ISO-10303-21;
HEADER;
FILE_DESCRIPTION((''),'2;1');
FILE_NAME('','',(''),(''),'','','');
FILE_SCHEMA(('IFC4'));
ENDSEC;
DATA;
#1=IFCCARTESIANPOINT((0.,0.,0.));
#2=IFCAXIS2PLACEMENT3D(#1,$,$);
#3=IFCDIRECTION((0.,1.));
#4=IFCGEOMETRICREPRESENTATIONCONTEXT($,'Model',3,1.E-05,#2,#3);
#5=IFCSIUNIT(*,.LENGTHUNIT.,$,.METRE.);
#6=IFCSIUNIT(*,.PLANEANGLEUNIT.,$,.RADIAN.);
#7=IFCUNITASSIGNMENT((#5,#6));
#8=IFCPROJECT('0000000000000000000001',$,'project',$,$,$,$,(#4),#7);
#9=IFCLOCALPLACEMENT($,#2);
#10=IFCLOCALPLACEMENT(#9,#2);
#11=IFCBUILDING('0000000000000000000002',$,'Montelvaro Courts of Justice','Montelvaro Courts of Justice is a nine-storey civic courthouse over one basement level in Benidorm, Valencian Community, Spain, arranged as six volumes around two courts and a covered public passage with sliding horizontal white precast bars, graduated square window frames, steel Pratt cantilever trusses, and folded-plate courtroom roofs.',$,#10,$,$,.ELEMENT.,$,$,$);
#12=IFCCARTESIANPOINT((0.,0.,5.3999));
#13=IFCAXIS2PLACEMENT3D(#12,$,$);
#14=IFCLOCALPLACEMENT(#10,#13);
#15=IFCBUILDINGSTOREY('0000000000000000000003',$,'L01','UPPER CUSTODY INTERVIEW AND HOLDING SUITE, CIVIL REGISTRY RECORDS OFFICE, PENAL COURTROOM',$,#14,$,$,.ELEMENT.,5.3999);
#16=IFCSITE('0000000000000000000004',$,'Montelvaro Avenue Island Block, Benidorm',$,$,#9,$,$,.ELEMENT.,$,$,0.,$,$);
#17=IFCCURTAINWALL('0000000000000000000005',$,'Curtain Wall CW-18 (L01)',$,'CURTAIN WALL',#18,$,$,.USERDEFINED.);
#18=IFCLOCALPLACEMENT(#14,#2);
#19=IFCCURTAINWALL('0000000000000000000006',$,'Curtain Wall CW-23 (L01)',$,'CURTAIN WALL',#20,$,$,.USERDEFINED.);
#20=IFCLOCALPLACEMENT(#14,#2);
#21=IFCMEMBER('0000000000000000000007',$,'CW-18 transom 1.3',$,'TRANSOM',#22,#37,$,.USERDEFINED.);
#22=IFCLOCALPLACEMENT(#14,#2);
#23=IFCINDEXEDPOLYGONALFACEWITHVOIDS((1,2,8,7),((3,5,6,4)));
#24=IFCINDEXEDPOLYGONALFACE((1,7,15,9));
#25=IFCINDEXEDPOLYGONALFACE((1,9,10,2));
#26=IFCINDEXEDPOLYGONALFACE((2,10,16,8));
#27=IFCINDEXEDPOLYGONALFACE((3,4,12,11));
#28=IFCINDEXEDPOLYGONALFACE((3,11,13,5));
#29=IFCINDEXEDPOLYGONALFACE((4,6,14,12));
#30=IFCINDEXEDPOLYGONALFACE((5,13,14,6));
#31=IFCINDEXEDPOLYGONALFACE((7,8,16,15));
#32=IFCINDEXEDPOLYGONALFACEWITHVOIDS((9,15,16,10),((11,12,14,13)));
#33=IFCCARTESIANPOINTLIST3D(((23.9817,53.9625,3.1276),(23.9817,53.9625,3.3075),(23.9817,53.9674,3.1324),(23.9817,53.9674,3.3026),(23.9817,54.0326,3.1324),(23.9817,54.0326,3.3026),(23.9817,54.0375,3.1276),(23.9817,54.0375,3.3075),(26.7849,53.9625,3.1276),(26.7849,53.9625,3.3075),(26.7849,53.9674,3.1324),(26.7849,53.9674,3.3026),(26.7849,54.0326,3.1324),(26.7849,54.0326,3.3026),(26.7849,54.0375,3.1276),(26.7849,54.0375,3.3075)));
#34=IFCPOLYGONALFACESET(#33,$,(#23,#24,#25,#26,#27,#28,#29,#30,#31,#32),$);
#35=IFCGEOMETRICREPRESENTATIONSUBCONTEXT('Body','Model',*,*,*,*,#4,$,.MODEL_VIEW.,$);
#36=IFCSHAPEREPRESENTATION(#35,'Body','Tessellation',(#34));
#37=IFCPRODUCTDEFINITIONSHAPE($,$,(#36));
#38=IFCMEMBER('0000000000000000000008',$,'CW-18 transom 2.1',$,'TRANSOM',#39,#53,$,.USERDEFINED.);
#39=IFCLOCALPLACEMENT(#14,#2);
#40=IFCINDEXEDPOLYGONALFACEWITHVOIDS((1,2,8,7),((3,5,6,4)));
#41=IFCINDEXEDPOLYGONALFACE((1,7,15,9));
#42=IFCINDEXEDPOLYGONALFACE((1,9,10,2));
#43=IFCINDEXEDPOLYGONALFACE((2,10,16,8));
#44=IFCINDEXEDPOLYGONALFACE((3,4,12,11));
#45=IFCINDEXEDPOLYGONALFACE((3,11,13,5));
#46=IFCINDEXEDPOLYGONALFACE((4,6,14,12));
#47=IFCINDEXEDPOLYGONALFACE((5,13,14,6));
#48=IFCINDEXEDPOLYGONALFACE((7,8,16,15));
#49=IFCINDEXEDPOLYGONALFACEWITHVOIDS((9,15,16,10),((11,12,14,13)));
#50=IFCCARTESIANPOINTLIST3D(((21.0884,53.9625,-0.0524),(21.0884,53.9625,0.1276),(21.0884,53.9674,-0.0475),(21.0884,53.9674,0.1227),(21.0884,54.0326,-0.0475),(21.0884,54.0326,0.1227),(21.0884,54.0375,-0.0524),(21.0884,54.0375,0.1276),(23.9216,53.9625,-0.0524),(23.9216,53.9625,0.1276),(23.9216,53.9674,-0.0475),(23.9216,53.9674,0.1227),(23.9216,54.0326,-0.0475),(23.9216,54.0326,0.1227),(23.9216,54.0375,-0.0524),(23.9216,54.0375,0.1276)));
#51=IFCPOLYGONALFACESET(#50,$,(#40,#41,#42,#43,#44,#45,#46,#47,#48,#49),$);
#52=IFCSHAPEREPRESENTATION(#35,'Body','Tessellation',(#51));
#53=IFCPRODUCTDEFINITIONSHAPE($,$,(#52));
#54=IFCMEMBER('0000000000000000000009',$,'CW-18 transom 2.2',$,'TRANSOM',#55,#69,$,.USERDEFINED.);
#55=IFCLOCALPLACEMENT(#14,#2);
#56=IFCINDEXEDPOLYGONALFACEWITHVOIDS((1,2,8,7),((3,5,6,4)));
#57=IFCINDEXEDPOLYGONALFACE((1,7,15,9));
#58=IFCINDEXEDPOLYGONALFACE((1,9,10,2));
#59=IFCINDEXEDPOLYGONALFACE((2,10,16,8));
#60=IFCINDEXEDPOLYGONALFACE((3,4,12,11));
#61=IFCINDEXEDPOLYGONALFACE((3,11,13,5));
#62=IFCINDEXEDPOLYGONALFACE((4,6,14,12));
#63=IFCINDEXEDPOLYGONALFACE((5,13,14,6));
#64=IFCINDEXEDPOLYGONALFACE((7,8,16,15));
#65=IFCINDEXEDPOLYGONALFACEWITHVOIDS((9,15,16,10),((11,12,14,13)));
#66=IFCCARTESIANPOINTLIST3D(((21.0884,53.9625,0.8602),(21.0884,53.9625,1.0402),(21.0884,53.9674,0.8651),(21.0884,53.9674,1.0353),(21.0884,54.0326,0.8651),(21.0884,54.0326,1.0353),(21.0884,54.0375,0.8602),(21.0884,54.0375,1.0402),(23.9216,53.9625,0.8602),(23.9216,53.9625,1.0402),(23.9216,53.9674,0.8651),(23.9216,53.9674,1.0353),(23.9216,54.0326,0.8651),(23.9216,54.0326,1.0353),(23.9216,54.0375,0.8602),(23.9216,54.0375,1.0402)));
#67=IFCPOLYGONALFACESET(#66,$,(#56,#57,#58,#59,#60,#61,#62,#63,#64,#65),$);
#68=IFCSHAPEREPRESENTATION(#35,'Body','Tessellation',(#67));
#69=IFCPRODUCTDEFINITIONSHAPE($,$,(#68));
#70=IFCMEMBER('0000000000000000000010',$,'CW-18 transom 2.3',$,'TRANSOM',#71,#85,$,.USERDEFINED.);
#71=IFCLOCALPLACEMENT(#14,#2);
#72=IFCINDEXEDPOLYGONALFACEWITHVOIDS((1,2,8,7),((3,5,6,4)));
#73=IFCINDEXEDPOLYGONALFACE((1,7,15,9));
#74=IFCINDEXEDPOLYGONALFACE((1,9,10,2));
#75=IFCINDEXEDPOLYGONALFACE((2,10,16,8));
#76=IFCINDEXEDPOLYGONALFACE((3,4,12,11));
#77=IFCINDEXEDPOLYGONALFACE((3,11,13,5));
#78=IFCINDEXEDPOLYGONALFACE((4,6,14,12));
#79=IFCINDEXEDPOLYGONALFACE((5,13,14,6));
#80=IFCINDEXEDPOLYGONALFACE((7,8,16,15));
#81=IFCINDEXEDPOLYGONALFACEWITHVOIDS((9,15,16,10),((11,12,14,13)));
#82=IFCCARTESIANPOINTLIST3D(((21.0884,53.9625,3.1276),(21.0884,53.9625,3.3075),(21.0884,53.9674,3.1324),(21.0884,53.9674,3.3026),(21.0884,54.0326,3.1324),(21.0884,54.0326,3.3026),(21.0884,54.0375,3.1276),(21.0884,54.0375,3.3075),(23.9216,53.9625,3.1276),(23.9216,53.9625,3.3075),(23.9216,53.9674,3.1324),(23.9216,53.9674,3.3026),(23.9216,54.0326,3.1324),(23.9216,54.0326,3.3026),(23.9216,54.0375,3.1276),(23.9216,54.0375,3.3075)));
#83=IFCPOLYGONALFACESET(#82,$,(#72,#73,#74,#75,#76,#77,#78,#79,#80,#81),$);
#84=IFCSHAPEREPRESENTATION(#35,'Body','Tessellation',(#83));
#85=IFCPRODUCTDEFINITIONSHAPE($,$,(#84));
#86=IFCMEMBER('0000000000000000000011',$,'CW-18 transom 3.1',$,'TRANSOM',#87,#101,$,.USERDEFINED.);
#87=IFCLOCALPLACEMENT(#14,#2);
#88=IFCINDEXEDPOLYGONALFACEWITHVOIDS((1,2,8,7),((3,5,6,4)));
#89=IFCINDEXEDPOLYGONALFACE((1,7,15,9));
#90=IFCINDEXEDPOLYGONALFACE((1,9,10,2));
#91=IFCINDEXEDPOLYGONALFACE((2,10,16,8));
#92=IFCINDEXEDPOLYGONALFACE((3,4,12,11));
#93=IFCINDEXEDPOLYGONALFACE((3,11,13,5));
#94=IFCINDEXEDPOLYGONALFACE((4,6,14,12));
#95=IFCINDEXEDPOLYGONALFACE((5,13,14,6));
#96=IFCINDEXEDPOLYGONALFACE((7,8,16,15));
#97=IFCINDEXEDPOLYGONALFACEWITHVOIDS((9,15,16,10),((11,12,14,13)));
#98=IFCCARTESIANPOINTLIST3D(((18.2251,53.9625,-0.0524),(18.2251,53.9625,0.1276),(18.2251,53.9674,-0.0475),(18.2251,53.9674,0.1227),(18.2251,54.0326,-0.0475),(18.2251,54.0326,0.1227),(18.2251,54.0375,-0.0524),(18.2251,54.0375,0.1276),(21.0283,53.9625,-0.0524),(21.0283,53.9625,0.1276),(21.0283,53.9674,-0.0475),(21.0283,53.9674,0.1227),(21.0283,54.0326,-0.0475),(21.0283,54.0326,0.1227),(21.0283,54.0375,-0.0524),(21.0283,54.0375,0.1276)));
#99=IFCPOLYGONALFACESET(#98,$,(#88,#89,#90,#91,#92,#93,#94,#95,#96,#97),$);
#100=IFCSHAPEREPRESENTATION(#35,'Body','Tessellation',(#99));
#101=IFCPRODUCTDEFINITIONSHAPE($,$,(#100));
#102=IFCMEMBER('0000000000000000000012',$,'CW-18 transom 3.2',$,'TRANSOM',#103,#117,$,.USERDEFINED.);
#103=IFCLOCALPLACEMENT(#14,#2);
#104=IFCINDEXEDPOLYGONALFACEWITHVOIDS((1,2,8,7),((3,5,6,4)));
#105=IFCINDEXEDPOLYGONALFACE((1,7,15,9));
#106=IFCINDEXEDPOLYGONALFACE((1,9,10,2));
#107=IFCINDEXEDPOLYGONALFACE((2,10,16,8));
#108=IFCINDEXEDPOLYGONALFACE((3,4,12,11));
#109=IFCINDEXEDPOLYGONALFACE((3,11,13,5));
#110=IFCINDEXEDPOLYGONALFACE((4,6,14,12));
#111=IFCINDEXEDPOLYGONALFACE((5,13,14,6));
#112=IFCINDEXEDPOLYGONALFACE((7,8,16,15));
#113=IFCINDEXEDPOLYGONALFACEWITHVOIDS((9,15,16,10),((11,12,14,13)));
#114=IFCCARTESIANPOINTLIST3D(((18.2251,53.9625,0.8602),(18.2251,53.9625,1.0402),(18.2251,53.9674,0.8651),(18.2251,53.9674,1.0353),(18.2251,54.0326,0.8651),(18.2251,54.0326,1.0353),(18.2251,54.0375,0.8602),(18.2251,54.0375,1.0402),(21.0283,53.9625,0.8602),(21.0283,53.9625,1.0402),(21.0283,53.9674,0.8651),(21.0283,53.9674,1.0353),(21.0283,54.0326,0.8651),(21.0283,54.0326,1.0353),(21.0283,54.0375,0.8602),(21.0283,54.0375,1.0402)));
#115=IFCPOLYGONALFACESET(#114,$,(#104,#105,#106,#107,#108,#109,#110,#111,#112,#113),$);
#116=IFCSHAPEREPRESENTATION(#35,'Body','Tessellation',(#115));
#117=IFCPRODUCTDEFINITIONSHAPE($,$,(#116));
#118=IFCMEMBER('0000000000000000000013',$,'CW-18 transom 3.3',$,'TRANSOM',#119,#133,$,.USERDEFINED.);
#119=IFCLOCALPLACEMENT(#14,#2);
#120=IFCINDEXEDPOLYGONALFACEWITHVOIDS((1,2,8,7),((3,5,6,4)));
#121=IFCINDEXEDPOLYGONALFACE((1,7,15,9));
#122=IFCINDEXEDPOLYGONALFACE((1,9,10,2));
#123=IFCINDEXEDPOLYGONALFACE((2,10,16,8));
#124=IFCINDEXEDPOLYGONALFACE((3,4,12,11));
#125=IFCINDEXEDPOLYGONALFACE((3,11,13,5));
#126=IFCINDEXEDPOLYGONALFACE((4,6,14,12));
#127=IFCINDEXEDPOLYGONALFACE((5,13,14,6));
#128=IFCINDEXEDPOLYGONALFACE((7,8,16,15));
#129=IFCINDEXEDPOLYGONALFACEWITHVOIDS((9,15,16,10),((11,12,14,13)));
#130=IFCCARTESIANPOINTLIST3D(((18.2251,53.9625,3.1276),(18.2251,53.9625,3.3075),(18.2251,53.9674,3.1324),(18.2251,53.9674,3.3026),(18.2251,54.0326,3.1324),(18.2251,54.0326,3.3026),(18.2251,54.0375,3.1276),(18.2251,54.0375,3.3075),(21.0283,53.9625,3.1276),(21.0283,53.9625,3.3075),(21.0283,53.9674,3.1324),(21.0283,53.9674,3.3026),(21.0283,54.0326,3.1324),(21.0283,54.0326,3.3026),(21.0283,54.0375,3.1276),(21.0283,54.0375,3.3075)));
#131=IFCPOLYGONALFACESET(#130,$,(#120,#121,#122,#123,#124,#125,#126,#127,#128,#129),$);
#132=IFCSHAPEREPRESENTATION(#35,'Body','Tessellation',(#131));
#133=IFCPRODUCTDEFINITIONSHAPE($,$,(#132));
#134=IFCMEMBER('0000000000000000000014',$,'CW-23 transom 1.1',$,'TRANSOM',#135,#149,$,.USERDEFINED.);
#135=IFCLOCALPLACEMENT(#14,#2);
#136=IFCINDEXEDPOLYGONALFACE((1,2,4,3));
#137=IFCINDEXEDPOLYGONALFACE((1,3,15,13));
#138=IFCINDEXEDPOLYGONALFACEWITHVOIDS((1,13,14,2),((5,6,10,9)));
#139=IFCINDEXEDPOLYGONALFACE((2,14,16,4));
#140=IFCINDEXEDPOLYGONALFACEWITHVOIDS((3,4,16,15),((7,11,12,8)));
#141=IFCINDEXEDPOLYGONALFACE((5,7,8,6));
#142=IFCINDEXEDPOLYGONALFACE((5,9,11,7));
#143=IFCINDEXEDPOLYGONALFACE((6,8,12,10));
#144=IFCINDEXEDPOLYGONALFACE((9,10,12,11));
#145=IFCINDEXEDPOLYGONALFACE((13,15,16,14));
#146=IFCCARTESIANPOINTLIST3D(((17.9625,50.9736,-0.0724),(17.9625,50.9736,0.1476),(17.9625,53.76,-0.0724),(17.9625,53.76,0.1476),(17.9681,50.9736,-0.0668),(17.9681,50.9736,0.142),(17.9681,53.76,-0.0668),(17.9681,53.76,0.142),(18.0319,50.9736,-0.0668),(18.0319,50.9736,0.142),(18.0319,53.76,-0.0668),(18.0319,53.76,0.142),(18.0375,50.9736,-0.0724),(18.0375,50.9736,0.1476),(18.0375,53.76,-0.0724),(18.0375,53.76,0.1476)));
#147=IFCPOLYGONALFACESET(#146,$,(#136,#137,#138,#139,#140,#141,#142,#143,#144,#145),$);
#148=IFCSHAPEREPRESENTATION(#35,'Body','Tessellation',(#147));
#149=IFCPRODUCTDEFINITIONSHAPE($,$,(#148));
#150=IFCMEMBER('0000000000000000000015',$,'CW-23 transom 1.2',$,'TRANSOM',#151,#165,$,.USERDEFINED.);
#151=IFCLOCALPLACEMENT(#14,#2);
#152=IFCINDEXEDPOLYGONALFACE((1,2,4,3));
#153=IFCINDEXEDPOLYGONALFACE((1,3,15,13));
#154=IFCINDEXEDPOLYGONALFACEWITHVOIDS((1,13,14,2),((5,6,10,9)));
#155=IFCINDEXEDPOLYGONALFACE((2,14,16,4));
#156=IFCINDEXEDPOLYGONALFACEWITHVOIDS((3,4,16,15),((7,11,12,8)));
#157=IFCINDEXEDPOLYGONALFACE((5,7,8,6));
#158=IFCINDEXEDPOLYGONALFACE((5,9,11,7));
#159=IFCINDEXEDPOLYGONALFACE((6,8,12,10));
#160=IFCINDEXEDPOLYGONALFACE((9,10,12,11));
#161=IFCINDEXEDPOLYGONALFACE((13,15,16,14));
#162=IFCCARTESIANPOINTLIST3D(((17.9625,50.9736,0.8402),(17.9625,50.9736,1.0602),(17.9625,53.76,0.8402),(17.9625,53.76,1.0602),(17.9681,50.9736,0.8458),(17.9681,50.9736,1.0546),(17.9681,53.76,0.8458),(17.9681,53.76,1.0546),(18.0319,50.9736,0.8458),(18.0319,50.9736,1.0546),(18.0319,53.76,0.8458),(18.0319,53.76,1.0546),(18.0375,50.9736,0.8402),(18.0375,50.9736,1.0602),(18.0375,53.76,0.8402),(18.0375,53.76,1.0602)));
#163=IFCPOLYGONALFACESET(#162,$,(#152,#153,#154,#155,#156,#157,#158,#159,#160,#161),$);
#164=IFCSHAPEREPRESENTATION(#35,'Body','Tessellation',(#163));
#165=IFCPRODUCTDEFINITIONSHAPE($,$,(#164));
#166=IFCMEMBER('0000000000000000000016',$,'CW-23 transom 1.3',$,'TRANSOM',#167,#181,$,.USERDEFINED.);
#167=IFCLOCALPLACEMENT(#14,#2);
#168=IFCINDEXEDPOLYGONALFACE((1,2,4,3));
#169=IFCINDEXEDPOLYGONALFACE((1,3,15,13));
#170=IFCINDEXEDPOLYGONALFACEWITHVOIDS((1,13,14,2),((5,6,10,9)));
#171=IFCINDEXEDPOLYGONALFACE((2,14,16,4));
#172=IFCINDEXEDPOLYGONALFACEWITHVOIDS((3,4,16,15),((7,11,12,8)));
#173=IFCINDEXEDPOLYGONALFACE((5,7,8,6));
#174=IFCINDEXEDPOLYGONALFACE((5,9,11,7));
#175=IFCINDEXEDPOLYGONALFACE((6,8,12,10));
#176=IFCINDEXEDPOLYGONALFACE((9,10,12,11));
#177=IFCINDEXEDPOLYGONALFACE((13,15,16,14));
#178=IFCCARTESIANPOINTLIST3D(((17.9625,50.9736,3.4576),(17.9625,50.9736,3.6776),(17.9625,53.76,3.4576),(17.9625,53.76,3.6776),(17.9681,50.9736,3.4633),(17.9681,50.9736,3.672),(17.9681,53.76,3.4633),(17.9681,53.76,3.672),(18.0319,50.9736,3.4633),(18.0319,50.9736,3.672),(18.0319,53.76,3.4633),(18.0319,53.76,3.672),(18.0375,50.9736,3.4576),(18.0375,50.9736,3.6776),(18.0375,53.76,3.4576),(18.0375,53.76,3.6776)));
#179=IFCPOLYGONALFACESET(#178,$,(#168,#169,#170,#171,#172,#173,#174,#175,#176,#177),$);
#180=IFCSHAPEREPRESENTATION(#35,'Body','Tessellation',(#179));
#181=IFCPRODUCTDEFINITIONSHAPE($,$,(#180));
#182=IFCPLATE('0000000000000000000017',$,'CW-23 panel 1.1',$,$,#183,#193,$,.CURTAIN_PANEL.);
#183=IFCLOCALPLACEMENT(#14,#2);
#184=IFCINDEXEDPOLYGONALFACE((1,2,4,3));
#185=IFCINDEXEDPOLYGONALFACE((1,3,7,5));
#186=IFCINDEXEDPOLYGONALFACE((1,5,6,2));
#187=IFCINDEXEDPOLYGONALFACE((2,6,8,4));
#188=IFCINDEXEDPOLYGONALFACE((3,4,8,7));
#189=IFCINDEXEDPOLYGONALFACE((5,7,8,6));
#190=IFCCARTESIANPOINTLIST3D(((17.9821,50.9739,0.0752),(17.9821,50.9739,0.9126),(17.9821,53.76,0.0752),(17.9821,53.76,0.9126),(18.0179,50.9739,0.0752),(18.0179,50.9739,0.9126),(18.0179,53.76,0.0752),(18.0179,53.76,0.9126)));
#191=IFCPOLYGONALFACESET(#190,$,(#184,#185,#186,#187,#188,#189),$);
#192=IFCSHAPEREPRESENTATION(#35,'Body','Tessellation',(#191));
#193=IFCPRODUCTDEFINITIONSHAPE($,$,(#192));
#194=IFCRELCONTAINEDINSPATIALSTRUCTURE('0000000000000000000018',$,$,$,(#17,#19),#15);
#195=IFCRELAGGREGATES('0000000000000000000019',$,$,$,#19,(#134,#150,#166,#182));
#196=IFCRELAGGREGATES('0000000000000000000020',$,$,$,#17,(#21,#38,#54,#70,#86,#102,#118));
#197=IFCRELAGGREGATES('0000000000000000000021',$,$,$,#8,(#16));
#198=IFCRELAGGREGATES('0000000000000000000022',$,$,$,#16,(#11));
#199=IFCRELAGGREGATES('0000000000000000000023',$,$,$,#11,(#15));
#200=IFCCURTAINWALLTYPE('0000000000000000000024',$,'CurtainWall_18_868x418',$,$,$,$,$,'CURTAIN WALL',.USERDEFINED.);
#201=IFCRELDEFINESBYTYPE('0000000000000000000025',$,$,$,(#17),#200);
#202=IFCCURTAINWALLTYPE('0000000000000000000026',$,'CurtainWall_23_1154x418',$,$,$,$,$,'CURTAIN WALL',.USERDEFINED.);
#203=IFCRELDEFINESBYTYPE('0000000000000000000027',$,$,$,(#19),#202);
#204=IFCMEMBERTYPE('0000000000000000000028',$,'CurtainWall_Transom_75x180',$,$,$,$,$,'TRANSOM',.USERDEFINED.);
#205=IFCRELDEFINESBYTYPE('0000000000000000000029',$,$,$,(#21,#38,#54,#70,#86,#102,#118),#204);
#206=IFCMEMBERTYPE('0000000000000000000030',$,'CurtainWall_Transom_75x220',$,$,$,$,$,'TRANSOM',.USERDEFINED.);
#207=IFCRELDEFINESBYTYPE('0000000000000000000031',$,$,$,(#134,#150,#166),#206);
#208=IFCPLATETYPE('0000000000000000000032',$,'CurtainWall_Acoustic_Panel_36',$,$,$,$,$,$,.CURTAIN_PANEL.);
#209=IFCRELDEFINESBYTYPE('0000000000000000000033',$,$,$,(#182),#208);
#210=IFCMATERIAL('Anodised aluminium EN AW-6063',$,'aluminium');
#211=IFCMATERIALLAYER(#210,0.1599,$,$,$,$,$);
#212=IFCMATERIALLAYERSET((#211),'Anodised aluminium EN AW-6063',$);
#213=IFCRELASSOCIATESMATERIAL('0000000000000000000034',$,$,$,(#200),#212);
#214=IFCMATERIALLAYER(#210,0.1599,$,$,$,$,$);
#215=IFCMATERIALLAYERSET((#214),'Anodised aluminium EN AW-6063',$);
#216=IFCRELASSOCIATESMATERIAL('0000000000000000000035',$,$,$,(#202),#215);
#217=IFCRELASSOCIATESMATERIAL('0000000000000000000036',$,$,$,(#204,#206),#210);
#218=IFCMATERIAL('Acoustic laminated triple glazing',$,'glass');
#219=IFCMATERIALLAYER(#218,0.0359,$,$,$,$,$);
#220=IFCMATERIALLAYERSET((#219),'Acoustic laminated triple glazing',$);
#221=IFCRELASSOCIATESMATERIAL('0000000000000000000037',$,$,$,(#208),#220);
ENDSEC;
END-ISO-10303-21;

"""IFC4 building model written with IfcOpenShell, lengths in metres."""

from ifc_helpers import new_model, si_unit, direction, frame, origin, origin_2d, place, context, subcontext, project, spatial, rectangle, hollow_rectangle, extrude, material, layer, layer_set, material_profile, profile_set, type_object, element, aggregate, save


model = new_model("IFC4")

# Units and contexts
model_context = context("Model", 3, precision=1e-05, world=origin(), true_north=direction((0.0, 1.0)))
body_context = subcontext(model_context, "Body", "Model", "MODEL_VIEW")
ifc_project = project(units=[si_unit("LENGTHUNIT", "METRE"), si_unit("PLANEANGLEUNIT", "RADIAN")], contexts=[model_context])

# Site, building, storey
site_placement = place(None, origin())
site = spatial("IfcSite", under=ifc_project, at=site_placement, Name="Montelvaro Avenue Island Block, Benidorm", CompositionType="ELEMENT", RefElevation=0.0)
building_placement = place(site_placement, origin())
building = spatial("IfcBuilding", under=site, at=building_placement, Name="Montelvaro Courts of Justice", Description="Montelvaro Courts of Justice is a nine-storey civic courthouse over one basement level in Benidorm, Valencian Community, Spain, arranged as six volumes around two courts and a covered public passage with sliding horizontal white precast bars, graduated square window frames, steel Pratt cantilever trusses, and folded-plate courtroom roofs.", CompositionType="ELEMENT")
storey_placement = place(building_placement, frame((0.0, 0.0, 5.3999)))
storey = spatial("IfcBuildingStorey", under=building, at=storey_placement, Name="L01", Description="UPPER CUSTODY INTERVIEW AND HOLDING SUITE, CIVIL REGISTRY RECORDS OFFICE, PENAL COURTROOM", CompositionType="ELEMENT", Elevation=5.3999)

# Curtain walls
ifc_material_1 = material(Name="Anodised aluminium EN AW-6063", Category="aluminium")
ifc_layer_1 = layer(ifc_material_1, 0.1599)
ifc_layer_set_1 = layer_set([ifc_layer_1], Name="Anodised aluminium EN AW-6063")
curtain_wall_type_1 = type_object("IfcCurtainWallType", Name="CurtainWall_18_868x418", ElementType="CURTAIN WALL", PredefinedType="USERDEFINED", material=ifc_layer_set_1)
curtain_wall_1_placement = place(storey_placement, origin())
curtain_wall_1 = element("IfcCurtainWall", 1, at=curtain_wall_1_placement, inside=storey, type_object=curtain_wall_type_1, Name="Curtain Wall CW-18 (L01)", ObjectType="CURTAIN WALL", PredefinedType="USERDEFINED")
ifc_layer_2 = layer(ifc_material_1, 0.1599)
ifc_layer_set_2 = layer_set([ifc_layer_2], Name="Anodised aluminium EN AW-6063")
curtain_wall_type_2 = type_object("IfcCurtainWallType", Name="CurtainWall_23_1154x418", ElementType="CURTAIN WALL", PredefinedType="USERDEFINED", material=ifc_layer_set_2)
curtain_wall_2_placement = place(storey_placement, origin())
curtain_wall_2 = element("IfcCurtainWall", 2, at=curtain_wall_2_placement, inside=storey, type_object=curtain_wall_type_2, Name="Curtain Wall CW-23 (L01)", ObjectType="CURTAIN WALL", PredefinedType="USERDEFINED")

# Members
ifc_material_profile_1 = material_profile(ifc_material_1, hollow_rectangle(XDim=0.075, YDim=0.1799, WallThickness=0.0049, at=origin_2d()), Name="ALU-T 75x180")
ifc_profile_set_1 = profile_set([ifc_material_profile_1], Name="Anodised aluminium EN AW-6063")
member_type_1 = type_object("IfcMemberType", Name="CurtainWall_Transom_75x180", ElementType="TRANSOM", PredefinedType="USERDEFINED", material=ifc_profile_set_1)
member_1_placement = place(storey_placement, frame((26.7849, 54.0, 3.2175), z_axis=(-1.0, 0.0, 0.0), x_axis=(0.0, -1.0, 0.0)))
member_1 = element("IfcMember", 3, at=member_1_placement, type_object=member_type_1, Name="CW-18 transom 1.3", ObjectType="TRANSOM", PredefinedType="USERDEFINED", context=body_context, shape_type="SweptSolid", body=[
    extrude(hollow_rectangle(XDim=0.075, YDim=0.1799, WallThickness=0.0049, at=origin_2d()), origin(), (0.0, 0.0, 1.0), 2.8032),
])
member_2_placement = place(storey_placement, frame((23.9216, 54.0, 0.0376), z_axis=(-1.0, 0.0, 0.0), x_axis=(0.0, -1.0, 0.0)))
member_2 = element("IfcMember", 4, at=member_2_placement, type_object=member_type_1, Name="CW-18 transom 2.1", ObjectType="TRANSOM", PredefinedType="USERDEFINED", context=body_context, shape_type="SweptSolid", body=[
    extrude(hollow_rectangle(XDim=0.075, YDim=0.1799, WallThickness=0.0049, at=origin_2d()), origin(), (0.0, 0.0, 1.0), 2.8333),
])
member_3_placement = place(storey_placement, frame((23.9216, 54.0, 0.9502), z_axis=(-1.0, 0.0, 0.0), x_axis=(0.0, -1.0, 0.0)))
member_3 = element("IfcMember", 5, at=member_3_placement, type_object=member_type_1, Name="CW-18 transom 2.2", ObjectType="TRANSOM", PredefinedType="USERDEFINED", context=body_context, shape_type="SweptSolid", body=[
    extrude(hollow_rectangle(XDim=0.075, YDim=0.1799, WallThickness=0.0049, at=origin_2d()), origin(), (0.0, 0.0, 1.0), 2.8333),
])
member_4_placement = place(storey_placement, frame((23.9216, 54.0, 3.2175), z_axis=(-1.0, 0.0, 0.0), x_axis=(0.0, -1.0, 0.0)))
member_4 = element("IfcMember", 6, at=member_4_placement, type_object=member_type_1, Name="CW-18 transom 2.3", ObjectType="TRANSOM", PredefinedType="USERDEFINED", context=body_context, shape_type="SweptSolid", body=[
    extrude(hollow_rectangle(XDim=0.075, YDim=0.1799, WallThickness=0.0049, at=origin_2d()), origin(), (0.0, 0.0, 1.0), 2.8333),
])
member_5_placement = place(storey_placement, frame((21.0283, 54.0, 0.0376), z_axis=(-1.0, 0.0, 0.0), x_axis=(0.0, -1.0, 0.0)))
member_5 = element("IfcMember", 7, at=member_5_placement, type_object=member_type_1, Name="CW-18 transom 3.1", ObjectType="TRANSOM", PredefinedType="USERDEFINED", context=body_context, shape_type="SweptSolid", body=[
    extrude(hollow_rectangle(XDim=0.075, YDim=0.1799, WallThickness=0.0049, at=origin_2d()), origin(), (0.0, 0.0, 1.0), 2.8032),
])
member_6_placement = place(storey_placement, frame((21.0283, 54.0, 0.9502), z_axis=(-1.0, 0.0, 0.0), x_axis=(0.0, -1.0, 0.0)))
member_6 = element("IfcMember", 8, at=member_6_placement, type_object=member_type_1, Name="CW-18 transom 3.2", ObjectType="TRANSOM", PredefinedType="USERDEFINED", context=body_context, shape_type="SweptSolid", body=[
    extrude(hollow_rectangle(XDim=0.075, YDim=0.1799, WallThickness=0.0049, at=origin_2d()), origin(), (0.0, 0.0, 1.0), 2.8032),
])
member_7_placement = place(storey_placement, frame((21.0283, 54.0, 3.2175), z_axis=(-1.0, 0.0, 0.0), x_axis=(0.0, -1.0, 0.0)))
member_7 = element("IfcMember", 9, at=member_7_placement, type_object=member_type_1, Name="CW-18 transom 3.3", ObjectType="TRANSOM", PredefinedType="USERDEFINED", context=body_context, shape_type="SweptSolid", body=[
    extrude(hollow_rectangle(XDim=0.075, YDim=0.1799, WallThickness=0.0049, at=origin_2d()), origin(), (0.0, 0.0, 1.0), 2.8032),
])
ifc_material_profile_2 = material_profile(ifc_material_1, hollow_rectangle(XDim=0.075, YDim=0.22, WallThickness=0.0056, at=origin_2d()), Name="ALU-T 75x220")
ifc_profile_set_2 = profile_set([ifc_material_profile_2], Name="Anodised aluminium EN AW-6063")
member_type_2 = type_object("IfcMemberType", Name="CurtainWall_Transom_75x220", ElementType="TRANSOM", PredefinedType="USERDEFINED", material=ifc_profile_set_2)
member_8_placement = place(storey_placement, frame((18.0, 53.76, 0.0376), z_axis=(0.0, -1.0, 0.0), x_axis=(1.0, 0.0, 0.0)))
member_8 = element("IfcMember", 10, at=member_8_placement, type_object=member_type_2, Name="CW-23 transom 1.1", ObjectType="TRANSOM", PredefinedType="USERDEFINED", context=body_context, shape_type="SweptSolid", body=[
    extrude(hollow_rectangle(XDim=0.075, YDim=0.22, WallThickness=0.0056, at=origin_2d()), origin(), (0.0, 0.0, 1.0), 2.7864),
])
member_9_placement = place(storey_placement, frame((18.0, 53.76, 0.9502), z_axis=(0.0, -1.0, 0.0), x_axis=(1.0, 0.0, 0.0)))
member_9 = element("IfcMember", 11, at=member_9_placement, type_object=member_type_2, Name="CW-23 transom 1.2", ObjectType="TRANSOM", PredefinedType="USERDEFINED", context=body_context, shape_type="SweptSolid", body=[
    extrude(hollow_rectangle(XDim=0.075, YDim=0.22, WallThickness=0.0056, at=origin_2d()), origin(), (0.0, 0.0, 1.0), 2.7864),
])
member_10_placement = place(storey_placement, frame((18.0, 53.76, 3.5676), z_axis=(0.0, -1.0, 0.0), x_axis=(1.0, 0.0, 0.0)))
member_10 = element("IfcMember", 12, at=member_10_placement, type_object=member_type_2, Name="CW-23 transom 1.3", ObjectType="TRANSOM", PredefinedType="USERDEFINED", context=body_context, shape_type="SweptSolid", body=[
    extrude(hollow_rectangle(XDim=0.075, YDim=0.22, WallThickness=0.0056, at=origin_2d()), origin(), (0.0, 0.0, 1.0), 2.7864),
])

# Plate
ifc_material_2 = material(Name="Acoustic laminated triple glazing", Category="glass")
ifc_layer_3 = layer(ifc_material_2, 0.0359)
ifc_layer_set_3 = layer_set([ifc_layer_3], Name="Acoustic laminated triple glazing")
plate_type_1 = type_object("IfcPlateType", Name="CurtainWall_Acoustic_Panel_36", PredefinedType="CURTAIN_PANEL", material=ifc_layer_set_3)
plate_1_placement = place(storey_placement, frame((18.0, 52.3669, 0.0752), z_axis=(0.0, 0.0, 1.0), x_axis=(0.0, -1.0, 0.0)))
plate_1 = element("IfcPlate", 13, at=plate_1_placement, type_object=plate_type_1, Name="CW-23 panel 1.1", PredefinedType="CURTAIN_PANEL", context=body_context, shape_type="SweptSolid", body=[
    extrude(rectangle(XDim=2.7861, YDim=0.0359, at=origin_2d()), origin(), (0.0, 0.0, 1.0), 0.8374),
])
aggregate(curtain_wall_2, [member_8, member_9, member_10, plate_1])
aggregate(curtain_wall_1, [member_1, member_2, member_3, member_4, member_5, member_6, member_7])

save(model, "model.ifc")
